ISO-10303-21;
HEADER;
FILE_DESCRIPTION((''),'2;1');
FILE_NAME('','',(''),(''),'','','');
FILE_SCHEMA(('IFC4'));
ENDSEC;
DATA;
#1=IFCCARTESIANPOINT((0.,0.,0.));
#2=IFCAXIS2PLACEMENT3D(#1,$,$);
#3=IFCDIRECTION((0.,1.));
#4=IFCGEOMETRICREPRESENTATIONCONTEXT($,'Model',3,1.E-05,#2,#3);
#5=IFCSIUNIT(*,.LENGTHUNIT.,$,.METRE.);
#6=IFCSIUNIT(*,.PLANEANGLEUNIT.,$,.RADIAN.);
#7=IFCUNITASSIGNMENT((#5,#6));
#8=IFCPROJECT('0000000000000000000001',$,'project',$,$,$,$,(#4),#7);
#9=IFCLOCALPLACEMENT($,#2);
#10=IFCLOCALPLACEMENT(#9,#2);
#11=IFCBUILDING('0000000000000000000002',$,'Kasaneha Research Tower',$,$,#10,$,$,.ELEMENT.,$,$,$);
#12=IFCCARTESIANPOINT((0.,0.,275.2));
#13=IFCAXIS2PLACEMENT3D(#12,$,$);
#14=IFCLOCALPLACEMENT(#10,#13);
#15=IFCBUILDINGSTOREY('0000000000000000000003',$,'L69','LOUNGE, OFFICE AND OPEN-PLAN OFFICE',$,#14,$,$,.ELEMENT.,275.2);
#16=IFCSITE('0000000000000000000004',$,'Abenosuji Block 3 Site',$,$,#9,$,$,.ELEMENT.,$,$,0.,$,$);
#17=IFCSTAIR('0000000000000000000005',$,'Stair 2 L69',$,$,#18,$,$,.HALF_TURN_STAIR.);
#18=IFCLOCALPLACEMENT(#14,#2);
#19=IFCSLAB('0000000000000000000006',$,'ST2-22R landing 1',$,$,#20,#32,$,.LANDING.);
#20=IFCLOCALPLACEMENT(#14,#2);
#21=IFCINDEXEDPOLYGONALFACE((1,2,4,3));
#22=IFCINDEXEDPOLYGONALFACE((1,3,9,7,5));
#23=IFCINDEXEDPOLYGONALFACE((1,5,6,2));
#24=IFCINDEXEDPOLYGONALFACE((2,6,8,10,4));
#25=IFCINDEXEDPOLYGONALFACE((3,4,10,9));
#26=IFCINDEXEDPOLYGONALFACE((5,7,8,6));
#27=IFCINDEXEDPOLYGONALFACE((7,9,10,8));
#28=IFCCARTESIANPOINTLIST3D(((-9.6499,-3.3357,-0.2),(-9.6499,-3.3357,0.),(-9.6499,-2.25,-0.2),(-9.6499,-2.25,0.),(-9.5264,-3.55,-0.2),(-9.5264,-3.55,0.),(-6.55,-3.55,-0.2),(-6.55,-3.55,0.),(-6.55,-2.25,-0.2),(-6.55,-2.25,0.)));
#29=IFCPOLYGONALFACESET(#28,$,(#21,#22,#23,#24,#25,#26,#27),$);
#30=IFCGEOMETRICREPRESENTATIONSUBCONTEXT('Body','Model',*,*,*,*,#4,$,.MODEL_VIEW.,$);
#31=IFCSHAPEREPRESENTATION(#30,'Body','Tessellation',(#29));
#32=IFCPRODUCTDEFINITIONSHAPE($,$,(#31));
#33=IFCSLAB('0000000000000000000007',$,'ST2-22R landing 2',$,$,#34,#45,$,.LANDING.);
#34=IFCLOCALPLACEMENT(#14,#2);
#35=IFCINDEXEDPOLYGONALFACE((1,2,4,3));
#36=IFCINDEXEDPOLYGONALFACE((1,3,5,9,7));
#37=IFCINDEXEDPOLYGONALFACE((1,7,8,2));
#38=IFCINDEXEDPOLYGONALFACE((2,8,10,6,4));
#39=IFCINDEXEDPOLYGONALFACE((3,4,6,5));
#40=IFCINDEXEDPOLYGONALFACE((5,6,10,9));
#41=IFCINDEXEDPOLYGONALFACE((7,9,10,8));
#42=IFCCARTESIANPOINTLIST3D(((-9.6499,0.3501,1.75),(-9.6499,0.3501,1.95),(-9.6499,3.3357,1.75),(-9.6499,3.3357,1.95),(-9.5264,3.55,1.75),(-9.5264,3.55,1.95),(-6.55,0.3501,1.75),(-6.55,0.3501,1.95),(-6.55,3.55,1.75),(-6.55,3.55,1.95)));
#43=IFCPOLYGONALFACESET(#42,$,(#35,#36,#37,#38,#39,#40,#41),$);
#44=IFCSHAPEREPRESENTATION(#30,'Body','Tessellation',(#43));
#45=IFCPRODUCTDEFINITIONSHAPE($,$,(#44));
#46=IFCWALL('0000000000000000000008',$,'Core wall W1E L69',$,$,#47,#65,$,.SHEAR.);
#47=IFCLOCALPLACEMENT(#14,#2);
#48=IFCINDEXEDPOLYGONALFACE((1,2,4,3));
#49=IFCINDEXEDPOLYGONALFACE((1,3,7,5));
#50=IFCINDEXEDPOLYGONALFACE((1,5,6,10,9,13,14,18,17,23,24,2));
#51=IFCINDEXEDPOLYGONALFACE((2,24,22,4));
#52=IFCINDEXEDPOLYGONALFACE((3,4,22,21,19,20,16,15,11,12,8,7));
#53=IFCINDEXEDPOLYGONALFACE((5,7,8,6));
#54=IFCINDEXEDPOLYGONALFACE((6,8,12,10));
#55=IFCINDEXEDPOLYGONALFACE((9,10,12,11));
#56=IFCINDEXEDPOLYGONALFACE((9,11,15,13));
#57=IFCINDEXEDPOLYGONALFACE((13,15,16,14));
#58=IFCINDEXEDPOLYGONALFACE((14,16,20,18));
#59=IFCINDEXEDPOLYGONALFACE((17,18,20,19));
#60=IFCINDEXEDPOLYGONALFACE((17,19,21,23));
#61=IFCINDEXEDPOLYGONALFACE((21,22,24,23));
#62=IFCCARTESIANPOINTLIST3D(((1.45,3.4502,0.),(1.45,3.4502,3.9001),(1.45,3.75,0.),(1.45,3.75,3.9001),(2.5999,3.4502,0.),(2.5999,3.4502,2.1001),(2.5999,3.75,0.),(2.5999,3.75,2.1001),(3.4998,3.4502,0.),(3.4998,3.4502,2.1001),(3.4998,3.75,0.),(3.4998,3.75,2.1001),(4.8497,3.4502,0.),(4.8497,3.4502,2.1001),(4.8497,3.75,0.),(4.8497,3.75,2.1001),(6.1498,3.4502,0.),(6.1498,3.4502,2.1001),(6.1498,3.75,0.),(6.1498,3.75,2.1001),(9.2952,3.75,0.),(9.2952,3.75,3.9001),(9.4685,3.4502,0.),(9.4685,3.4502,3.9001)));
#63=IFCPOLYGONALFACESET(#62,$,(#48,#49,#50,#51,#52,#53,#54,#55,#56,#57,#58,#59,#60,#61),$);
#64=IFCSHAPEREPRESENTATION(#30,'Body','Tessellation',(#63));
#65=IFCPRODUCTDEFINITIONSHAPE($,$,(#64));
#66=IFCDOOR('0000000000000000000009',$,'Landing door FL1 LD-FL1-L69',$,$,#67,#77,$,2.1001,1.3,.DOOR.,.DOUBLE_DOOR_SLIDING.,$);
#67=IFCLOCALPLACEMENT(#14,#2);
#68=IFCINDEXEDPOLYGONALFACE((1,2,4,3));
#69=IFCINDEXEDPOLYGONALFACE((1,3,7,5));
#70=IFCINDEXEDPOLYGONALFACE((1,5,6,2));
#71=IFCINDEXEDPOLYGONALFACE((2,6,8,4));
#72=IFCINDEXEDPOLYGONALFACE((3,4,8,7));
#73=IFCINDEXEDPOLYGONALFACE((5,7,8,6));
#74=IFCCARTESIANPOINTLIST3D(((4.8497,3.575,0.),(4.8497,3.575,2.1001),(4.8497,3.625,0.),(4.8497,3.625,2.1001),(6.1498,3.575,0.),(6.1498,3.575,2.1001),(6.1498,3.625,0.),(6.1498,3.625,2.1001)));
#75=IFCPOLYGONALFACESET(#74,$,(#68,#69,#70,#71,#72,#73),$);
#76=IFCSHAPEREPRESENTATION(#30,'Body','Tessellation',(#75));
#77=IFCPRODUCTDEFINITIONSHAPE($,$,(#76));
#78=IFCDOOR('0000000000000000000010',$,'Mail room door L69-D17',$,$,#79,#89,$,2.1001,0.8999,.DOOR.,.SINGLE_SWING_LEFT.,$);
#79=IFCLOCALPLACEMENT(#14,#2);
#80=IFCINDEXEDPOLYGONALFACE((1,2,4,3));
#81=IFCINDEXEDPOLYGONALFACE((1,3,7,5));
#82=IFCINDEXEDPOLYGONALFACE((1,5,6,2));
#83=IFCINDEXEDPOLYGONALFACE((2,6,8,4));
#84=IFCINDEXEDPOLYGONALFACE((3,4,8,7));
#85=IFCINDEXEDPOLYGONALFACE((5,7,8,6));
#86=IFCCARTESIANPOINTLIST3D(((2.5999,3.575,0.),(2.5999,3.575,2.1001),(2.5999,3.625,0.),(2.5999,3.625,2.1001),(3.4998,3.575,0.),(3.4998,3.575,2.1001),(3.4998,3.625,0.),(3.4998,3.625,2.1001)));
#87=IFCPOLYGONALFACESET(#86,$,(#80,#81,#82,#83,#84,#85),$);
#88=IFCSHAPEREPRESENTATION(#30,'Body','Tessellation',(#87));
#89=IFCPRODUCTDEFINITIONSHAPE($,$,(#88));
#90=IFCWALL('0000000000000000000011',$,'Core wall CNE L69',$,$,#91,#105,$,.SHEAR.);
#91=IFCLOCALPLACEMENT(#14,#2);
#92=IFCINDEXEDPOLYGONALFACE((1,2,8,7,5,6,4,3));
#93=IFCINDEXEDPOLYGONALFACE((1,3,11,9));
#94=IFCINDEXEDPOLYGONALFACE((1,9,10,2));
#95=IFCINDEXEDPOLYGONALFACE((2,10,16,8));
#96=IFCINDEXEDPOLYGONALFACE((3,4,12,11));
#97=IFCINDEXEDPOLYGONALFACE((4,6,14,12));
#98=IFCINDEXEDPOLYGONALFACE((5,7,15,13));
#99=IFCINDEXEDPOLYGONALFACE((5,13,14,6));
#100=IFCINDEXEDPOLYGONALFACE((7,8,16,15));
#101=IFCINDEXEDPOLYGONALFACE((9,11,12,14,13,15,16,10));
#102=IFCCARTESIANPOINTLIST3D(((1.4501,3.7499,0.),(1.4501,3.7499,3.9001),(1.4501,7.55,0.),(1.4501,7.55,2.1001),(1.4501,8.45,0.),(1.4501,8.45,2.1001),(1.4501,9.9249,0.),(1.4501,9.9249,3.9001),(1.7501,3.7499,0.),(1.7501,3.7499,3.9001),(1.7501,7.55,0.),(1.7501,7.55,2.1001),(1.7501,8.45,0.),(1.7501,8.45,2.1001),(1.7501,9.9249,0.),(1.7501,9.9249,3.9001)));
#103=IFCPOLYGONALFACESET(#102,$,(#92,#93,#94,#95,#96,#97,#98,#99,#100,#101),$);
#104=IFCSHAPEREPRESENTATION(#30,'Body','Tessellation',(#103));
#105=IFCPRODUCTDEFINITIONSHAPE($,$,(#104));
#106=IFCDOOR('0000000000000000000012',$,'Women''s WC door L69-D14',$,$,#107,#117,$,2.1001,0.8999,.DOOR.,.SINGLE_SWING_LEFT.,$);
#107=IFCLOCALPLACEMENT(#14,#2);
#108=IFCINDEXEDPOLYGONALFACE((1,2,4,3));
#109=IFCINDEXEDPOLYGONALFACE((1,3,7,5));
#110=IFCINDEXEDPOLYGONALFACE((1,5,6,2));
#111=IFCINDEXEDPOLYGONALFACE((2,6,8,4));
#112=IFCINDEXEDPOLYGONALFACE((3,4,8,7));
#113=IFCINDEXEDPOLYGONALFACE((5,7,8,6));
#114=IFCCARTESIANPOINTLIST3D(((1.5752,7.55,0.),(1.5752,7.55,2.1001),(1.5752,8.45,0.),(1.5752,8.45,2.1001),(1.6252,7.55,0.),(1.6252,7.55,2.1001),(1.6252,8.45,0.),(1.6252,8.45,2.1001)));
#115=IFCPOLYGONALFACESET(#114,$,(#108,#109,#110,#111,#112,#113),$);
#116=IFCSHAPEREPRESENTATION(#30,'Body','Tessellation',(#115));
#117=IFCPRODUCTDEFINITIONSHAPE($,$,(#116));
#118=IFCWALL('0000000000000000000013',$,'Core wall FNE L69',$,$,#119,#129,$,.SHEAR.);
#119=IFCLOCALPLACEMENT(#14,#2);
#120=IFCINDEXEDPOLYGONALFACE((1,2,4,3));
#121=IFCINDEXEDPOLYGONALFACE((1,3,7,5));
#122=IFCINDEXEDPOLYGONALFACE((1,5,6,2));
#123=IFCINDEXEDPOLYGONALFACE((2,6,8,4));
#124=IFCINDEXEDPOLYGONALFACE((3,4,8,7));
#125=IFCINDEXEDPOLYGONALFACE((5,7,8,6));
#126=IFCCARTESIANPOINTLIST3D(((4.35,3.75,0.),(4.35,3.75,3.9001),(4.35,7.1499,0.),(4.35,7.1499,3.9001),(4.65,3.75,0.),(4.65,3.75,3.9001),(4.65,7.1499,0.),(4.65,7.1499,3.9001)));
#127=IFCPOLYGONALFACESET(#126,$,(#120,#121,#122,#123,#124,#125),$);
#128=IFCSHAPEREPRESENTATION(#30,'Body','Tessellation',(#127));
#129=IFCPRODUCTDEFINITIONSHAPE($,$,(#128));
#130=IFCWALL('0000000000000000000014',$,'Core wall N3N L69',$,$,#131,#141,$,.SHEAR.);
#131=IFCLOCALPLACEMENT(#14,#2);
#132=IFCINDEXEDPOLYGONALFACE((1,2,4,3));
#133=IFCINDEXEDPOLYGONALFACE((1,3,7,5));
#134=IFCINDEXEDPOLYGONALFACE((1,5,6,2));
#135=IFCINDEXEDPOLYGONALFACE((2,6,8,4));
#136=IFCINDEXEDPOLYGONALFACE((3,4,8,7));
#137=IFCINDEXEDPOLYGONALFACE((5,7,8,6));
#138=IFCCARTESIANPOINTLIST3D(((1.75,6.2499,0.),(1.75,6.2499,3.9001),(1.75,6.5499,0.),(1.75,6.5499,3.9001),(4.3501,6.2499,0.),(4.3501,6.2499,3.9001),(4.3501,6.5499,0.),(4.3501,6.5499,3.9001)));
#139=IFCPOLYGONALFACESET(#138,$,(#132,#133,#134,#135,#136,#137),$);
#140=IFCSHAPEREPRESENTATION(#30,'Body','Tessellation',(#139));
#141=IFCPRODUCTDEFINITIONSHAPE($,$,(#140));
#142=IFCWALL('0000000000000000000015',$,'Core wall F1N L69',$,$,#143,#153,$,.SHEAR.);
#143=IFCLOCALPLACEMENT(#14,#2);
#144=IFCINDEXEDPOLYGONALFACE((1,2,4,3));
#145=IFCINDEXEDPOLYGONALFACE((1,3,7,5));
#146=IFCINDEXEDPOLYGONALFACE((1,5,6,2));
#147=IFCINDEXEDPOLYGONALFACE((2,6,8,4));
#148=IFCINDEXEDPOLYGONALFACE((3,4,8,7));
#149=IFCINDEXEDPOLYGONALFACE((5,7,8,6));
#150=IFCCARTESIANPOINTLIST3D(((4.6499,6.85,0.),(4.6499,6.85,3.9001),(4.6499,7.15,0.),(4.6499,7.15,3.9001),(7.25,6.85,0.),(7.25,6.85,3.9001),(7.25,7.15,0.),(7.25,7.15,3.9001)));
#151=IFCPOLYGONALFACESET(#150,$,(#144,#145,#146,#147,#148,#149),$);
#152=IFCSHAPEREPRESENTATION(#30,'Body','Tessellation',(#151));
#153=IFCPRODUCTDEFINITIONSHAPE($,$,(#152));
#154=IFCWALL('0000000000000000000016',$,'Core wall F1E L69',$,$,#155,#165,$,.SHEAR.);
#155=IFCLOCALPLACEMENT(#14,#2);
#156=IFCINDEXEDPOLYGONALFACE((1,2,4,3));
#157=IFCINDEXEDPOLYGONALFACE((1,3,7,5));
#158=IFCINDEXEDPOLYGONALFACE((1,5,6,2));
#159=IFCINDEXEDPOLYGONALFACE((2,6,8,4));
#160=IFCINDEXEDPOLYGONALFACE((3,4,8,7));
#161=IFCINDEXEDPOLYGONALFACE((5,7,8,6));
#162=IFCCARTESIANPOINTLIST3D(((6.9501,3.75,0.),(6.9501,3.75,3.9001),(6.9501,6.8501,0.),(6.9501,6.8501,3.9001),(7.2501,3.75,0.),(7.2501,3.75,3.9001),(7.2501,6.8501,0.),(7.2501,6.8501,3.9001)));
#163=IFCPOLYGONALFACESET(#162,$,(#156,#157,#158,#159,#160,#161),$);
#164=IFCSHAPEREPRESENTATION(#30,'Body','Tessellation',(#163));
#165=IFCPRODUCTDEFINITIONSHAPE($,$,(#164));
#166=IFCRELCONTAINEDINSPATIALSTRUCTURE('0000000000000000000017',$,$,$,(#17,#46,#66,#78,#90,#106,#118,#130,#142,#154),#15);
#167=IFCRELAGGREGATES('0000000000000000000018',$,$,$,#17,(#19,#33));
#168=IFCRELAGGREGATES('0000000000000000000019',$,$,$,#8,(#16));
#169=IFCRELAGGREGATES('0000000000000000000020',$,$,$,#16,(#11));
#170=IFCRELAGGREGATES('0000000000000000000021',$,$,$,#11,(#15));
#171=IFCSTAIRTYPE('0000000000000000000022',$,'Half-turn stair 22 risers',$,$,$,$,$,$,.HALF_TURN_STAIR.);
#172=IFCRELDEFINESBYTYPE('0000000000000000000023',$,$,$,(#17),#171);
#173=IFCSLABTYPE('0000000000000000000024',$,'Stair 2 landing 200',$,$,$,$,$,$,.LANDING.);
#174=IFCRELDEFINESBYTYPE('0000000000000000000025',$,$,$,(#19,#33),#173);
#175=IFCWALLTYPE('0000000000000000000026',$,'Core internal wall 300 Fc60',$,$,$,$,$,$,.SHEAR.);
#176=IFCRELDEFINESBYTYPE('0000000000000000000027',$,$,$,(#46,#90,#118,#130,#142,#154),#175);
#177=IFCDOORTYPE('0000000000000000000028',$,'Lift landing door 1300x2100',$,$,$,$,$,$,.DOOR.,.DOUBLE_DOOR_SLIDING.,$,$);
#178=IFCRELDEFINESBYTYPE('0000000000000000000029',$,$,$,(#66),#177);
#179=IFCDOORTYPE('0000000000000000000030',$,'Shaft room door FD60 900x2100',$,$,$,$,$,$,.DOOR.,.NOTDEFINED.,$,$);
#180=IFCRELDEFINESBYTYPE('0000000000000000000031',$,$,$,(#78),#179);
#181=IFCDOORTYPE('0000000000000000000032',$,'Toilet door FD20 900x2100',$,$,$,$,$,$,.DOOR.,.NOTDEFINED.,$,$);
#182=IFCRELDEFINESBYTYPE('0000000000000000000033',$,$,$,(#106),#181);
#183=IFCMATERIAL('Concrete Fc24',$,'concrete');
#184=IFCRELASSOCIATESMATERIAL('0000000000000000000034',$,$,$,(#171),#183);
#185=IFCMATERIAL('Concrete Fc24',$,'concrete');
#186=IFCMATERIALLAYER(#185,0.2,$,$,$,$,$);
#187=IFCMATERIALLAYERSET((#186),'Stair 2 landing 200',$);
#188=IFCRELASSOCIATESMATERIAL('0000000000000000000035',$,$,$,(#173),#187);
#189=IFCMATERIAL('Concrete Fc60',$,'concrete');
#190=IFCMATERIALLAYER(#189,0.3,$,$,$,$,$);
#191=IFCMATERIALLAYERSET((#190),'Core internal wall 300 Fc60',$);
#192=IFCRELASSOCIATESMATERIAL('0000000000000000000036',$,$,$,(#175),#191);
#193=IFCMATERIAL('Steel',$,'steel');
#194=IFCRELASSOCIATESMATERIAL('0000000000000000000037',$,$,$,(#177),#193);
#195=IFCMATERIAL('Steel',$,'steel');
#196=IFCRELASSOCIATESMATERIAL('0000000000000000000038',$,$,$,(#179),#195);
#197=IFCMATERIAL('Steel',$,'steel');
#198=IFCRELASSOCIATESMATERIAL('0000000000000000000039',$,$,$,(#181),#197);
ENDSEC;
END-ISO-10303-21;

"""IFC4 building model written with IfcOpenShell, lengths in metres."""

from ifc_helpers import new_model, si_unit, direction, frame, frame_2d, origin, place, context, subcontext, project, spatial, polyline, rectangle, outline, extrude, material, layer, layer_set, type_object, element, fill, aggregate, save


model = new_model("IFC4")

# Units and contexts
model_context = context("Model", 3, precision=1e-05, world=origin(), true_north=direction((0.0, 1.0)))
body_context = subcontext(model_context, "Body", "Model", "MODEL_VIEW")
ifc_project = project(units=[si_unit("LENGTHUNIT", "METRE"), si_unit("PLANEANGLEUNIT", "RADIAN")], contexts=[model_context])

# Site, building, storey
site_placement = place(None, origin())
site = spatial("IfcSite", under=ifc_project, at=site_placement, Name="Abenosuji Block 3 Site", CompositionType="ELEMENT", RefElevation=0.0)
building_placement = place(site_placement, origin())
building = spatial("IfcBuilding", under=site, at=building_placement, Name="Kasaneha Research Tower", CompositionType="ELEMENT")
storey_placement = place(building_placement, frame((0.0, 0.0, 275.2)))
storey = spatial("IfcBuildingStorey", under=building, at=storey_placement, Name="L69", Description="LOUNGE, OFFICE AND OPEN-PLAN OFFICE", CompositionType="ELEMENT", Elevation=275.2)

# Stair, slabs
ifc_material_1 = material(Name="Concrete Fc24", Category="concrete")
stair_type = type_object("IfcStairType", Name="Half-turn stair 22 risers", PredefinedType="HALF_TURN_STAIR", material=ifc_material_1)
stair_1_placement = place(storey_placement, origin())
stair_1 = element("IfcStair", 1, at=stair_1_placement, inside=storey, type_object=stair_type, Name="Stair 2 L69", PredefinedType="HALF_TURN_STAIR")
ifc_material_2 = material(Name="Concrete Fc24", Category="concrete")
ifc_layer_1 = layer(ifc_material_2, 0.2)
ifc_layer_set_1 = layer_set([ifc_layer_1], Name="Stair 2 landing 200")
slab_type = type_object("IfcSlabType", Name="Stair 2 landing 200", PredefinedType="LANDING", material=ifc_layer_set_1)
slab_1_placement = place(storey_placement, frame((0.0, 0.0, -0.2)))
slab_1 = element("IfcSlab", 2, at=slab_1_placement, type_object=slab_type, Name="ST2-22R landing 1", PredefinedType="LANDING", context=body_context, shape_type="SweptSolid", body=[
    extrude(outline(polyline([(-6.55, -3.55), (-9.5264, -3.55), (-9.6499, -3.3357), (-9.6499, -2.25), (-6.55, -2.25), (-6.55, -3.55)])), origin(), (0.0, 0.0, 1.0), 0.2),
])
slab_2_placement = place(storey_placement, frame((0.0, 0.0, 1.75)))
slab_2 = element("IfcSlab", 3, at=slab_2_placement, type_object=slab_type, Name="ST2-22R landing 2", PredefinedType="LANDING", context=body_context, shape_type="SweptSolid", body=[
    extrude(outline(polyline([(-6.55, 0.3501), (-9.6499, 0.3501), (-9.6499, 3.3357), (-9.5264, 3.55), (-6.55, 3.55), (-6.55, 0.3501)])), origin(), (0.0, 0.0, 1.0), 0.2),
])
aggregate(stair_1, [slab_1, slab_2])

# Wall, openings, doors
ifc_material_3 = material(Name="Concrete Fc60", Category="concrete")
ifc_layer_2 = layer(ifc_material_3, 0.3)
ifc_layer_set_2 = layer_set([ifc_layer_2], Name="Core internal wall 300 Fc60")
wall_type_1 = type_object("IfcWallType", Name="Core internal wall 300 Fc60", PredefinedType="SHEAR", material=ifc_layer_set_2)
wall_1_placement = place(storey_placement, frame((1.45, 3.6001, 0.0), z_axis=(0.0, 0.0, 1.0), x_axis=(1.0, 0.0, 0.0)))
wall_1 = element("IfcWall", 4, at=wall_1_placement, inside=storey, type_object=wall_type_1, Name="Core wall W1E L69", PredefinedType="SHEAR", context=body_context, shape_type="SweptSolid", body=[
    extrude(outline(polyline([(0.0, -0.1499), (1.1499, -0.1499), (2.0498, -0.1499), (3.3999, -0.1499), (4.7, -0.1499), (8.0186, -0.1499), (7.8452, 0.1499), (4.7, 0.1499), (3.3999, 0.1499), (2.0498, 0.1499), (1.1499, 0.1499), (0.0, 0.1499), (0.0, -0.1499)])), origin(), (0.0, 0.0, 1.0), 3.9001),
])
opening_1_placement = place(wall_1_placement, frame((1.1499, 0.0, 0.0)))
opening_1 = element("IfcOpeningElement", 5, at=opening_1_placement, cuts=wall_1, PredefinedType="OPENING", context=body_context, shape_type="SweptSolid", body=[
    extrude(rectangle(XDim=0.8999, YDim=2.1001, at=frame_2d((0.45, 1.05))), frame((0.0, 0.1602, 0.0), z_axis=(0.0, -1.0, 0.0), x_axis=(1.0, 0.0, 0.0)), (0.0, 0.0, 1.0), 0.3201),
])
opening_2_placement = place(wall_1_placement, frame((3.3999, 0.0, 0.0)))
opening_2 = element("IfcOpeningElement", 6, at=opening_2_placement, cuts=wall_1, PredefinedType="OPENING", context=body_context, shape_type="SweptSolid", body=[
    extrude(rectangle(XDim=1.3, YDim=2.1001, at=frame_2d((0.6499, 1.05))), frame((0.0, 0.1602, 0.0), z_axis=(0.0, -1.0, 0.0), x_axis=(1.0, 0.0, 0.0)), (0.0, 0.0, 1.0), 0.3201),
])
ifc_material_4 = material(Name="Steel", Category="steel")
door_type_1 = type_object("IfcDoorType", Name="Lift landing door 1300x2100", OperationType="DOUBLE_DOOR_SLIDING", PredefinedType="DOOR", material=ifc_material_4)
door_1_placement = place(opening_2_placement, origin())
door_1 = element("IfcDoor", 7, at=door_1_placement, inside=storey, type_object=door_type_1, Name="Landing door FL1 LD-FL1-L69", OperationType="DOUBLE_DOOR_SLIDING", OverallHeight=2.1001, OverallWidth=1.3, PredefinedType="DOOR", context=body_context, shape_type="SweptSolid", body=[
    extrude(rectangle(XDim=1.3, YDim=2.1001, at=frame_2d((0.6499, 1.05))), frame((0.0, 0.0249, 0.0), z_axis=(0.0, -1.0, 0.0), x_axis=(1.0, 0.0, 0.0)), (0.0, 0.0, 1.0), 0.05),
])
fill(opening_2, door_1)
ifc_material_5 = material(Name="Steel", Category="steel")
door_type_2 = type_object("IfcDoorType", Name="Shaft room door FD60 900x2100", OperationType="NOTDEFINED", PredefinedType="DOOR", material=ifc_material_5)
door_2_placement = place(opening_1_placement, origin())
door_2 = element("IfcDoor", 8, at=door_2_placement, inside=storey, type_object=door_type_2, Name="Mail room door L69-D17", OperationType="SINGLE_SWING_LEFT", OverallHeight=2.1001, OverallWidth=0.8999, PredefinedType="DOOR", context=body_context, shape_type="SweptSolid", body=[
    extrude(rectangle(XDim=0.8999, YDim=2.1001, at=frame_2d((0.45, 1.05))), frame((0.0, 0.0249, 0.0), z_axis=(0.0, -1.0, 0.0), x_axis=(1.0, 0.0, 0.0)), (0.0, 0.0, 1.0), 0.05),
])
fill(opening_1, door_2)

# Wall, opening, door
wall_2_placement = place(storey_placement, frame((1.6001, 3.75, 0.0), z_axis=(0.0, 0.0, 1.0), x_axis=(0.0, 1.0, 0.0)))
wall_2 = element("IfcWall", 9, at=wall_2_placement, inside=storey, type_object=wall_type_1, Name="Core wall CNE L69", PredefinedType="SHEAR", context=body_context, shape_type="SweptSolid", body=[
    extrude(rectangle(XDim=6.175, YDim=0.3, at=frame_2d((3.0874, 0.0))), origin(), (0.0, 0.0, 1.0), 3.9001),
])
opening_3_placement = place(wall_2_placement, frame((3.8, 0.0, 0.0)))
opening_3 = element("IfcOpeningElement", 10, at=opening_3_placement, cuts=wall_2, PredefinedType="OPENING", context=body_context, shape_type="SweptSolid", body=[
    extrude(rectangle(XDim=0.8999, YDim=2.1001, at=frame_2d((0.45, 1.05))), frame((0.0, 0.1602, 0.0), z_axis=(0.0, -1.0, 0.0), x_axis=(1.0, 0.0, 0.0)), (0.0, 0.0, 1.0), 0.3201),
])
ifc_material_6 = material(Name="Steel", Category="steel")
door_type_3 = type_object("IfcDoorType", Name="Toilet door FD20 900x2100", OperationType="NOTDEFINED", PredefinedType="DOOR", material=ifc_material_6)
door_3_placement = place(opening_3_placement, origin())
door_3 = element("IfcDoor", 11, at=door_3_placement, inside=storey, type_object=door_type_3, Name="Women's WC door L69-D14", OperationType="SINGLE_SWING_LEFT", OverallHeight=2.1001, OverallWidth=0.8999, PredefinedType="DOOR", context=body_context, shape_type="SweptSolid", body=[
    extrude(rectangle(XDim=0.8999, YDim=2.1001, at=frame_2d((0.45, 1.05))), frame((0.0, 0.0249, 0.0), z_axis=(0.0, -1.0, 0.0), x_axis=(1.0, 0.0, 0.0)), (0.0, 0.0, 1.0), 0.05),
])
fill(opening_3, door_3)

# Walls
wall_3_placement = place(storey_placement, frame((4.5, 3.75, 0.0), z_axis=(0.0, 0.0, 1.0), x_axis=(0.0, 1.0, 0.0)))
element("IfcWall", 12, at=wall_3_placement, inside=storey, type_object=wall_type_1, Name="Core wall FNE L69", PredefinedType="SHEAR", context=body_context, shape_type="SweptSolid", body=[
    extrude(rectangle(XDim=3.3999, YDim=0.3, at=frame_2d((1.7, 0.0))), origin(), (0.0, 0.0, 1.0), 3.9001),
])
for number, where, z_axis, x_axis, name in (
    (13, (1.75, 6.3999, 0.0), (0.0, 0.0, 1.0), (1.0, 0.0, 0.0), "Core wall N3N L69"),
    (14, (4.6499, 7.0, 0.0), (0.0, 0.0, 1.0), (1.0, 0.0, 0.0), "Core wall F1N L69"),
):
    element("IfcWall", number, at=place(storey_placement, frame(where, z_axis=z_axis, x_axis=x_axis)), inside=storey, type_object=wall_type_1, Name=name, PredefinedType="SHEAR", context=body_context, shape_type="SweptSolid", body=[
        extrude(rectangle(XDim=2.6001, YDim=0.3, at=frame_2d((1.3, 0.0))), origin(), (0.0, 0.0, 1.0), 3.9001),
    ])
wall_4_placement = place(storey_placement, frame((7.1001, 3.75, 0.0), z_axis=(0.0, 0.0, 1.0), x_axis=(0.0, 1.0, 0.0)))
element("IfcWall", 15, at=wall_4_placement, inside=storey, type_object=wall_type_1, Name="Core wall F1E L69", PredefinedType="SHEAR", context=body_context, shape_type="SweptSolid", body=[
    extrude(rectangle(XDim=3.1001, YDim=0.3, at=frame_2d((1.55, 0.0))), origin(), (0.0, 0.0, 1.0), 3.9001),
])

save(model, "model.ifc")
